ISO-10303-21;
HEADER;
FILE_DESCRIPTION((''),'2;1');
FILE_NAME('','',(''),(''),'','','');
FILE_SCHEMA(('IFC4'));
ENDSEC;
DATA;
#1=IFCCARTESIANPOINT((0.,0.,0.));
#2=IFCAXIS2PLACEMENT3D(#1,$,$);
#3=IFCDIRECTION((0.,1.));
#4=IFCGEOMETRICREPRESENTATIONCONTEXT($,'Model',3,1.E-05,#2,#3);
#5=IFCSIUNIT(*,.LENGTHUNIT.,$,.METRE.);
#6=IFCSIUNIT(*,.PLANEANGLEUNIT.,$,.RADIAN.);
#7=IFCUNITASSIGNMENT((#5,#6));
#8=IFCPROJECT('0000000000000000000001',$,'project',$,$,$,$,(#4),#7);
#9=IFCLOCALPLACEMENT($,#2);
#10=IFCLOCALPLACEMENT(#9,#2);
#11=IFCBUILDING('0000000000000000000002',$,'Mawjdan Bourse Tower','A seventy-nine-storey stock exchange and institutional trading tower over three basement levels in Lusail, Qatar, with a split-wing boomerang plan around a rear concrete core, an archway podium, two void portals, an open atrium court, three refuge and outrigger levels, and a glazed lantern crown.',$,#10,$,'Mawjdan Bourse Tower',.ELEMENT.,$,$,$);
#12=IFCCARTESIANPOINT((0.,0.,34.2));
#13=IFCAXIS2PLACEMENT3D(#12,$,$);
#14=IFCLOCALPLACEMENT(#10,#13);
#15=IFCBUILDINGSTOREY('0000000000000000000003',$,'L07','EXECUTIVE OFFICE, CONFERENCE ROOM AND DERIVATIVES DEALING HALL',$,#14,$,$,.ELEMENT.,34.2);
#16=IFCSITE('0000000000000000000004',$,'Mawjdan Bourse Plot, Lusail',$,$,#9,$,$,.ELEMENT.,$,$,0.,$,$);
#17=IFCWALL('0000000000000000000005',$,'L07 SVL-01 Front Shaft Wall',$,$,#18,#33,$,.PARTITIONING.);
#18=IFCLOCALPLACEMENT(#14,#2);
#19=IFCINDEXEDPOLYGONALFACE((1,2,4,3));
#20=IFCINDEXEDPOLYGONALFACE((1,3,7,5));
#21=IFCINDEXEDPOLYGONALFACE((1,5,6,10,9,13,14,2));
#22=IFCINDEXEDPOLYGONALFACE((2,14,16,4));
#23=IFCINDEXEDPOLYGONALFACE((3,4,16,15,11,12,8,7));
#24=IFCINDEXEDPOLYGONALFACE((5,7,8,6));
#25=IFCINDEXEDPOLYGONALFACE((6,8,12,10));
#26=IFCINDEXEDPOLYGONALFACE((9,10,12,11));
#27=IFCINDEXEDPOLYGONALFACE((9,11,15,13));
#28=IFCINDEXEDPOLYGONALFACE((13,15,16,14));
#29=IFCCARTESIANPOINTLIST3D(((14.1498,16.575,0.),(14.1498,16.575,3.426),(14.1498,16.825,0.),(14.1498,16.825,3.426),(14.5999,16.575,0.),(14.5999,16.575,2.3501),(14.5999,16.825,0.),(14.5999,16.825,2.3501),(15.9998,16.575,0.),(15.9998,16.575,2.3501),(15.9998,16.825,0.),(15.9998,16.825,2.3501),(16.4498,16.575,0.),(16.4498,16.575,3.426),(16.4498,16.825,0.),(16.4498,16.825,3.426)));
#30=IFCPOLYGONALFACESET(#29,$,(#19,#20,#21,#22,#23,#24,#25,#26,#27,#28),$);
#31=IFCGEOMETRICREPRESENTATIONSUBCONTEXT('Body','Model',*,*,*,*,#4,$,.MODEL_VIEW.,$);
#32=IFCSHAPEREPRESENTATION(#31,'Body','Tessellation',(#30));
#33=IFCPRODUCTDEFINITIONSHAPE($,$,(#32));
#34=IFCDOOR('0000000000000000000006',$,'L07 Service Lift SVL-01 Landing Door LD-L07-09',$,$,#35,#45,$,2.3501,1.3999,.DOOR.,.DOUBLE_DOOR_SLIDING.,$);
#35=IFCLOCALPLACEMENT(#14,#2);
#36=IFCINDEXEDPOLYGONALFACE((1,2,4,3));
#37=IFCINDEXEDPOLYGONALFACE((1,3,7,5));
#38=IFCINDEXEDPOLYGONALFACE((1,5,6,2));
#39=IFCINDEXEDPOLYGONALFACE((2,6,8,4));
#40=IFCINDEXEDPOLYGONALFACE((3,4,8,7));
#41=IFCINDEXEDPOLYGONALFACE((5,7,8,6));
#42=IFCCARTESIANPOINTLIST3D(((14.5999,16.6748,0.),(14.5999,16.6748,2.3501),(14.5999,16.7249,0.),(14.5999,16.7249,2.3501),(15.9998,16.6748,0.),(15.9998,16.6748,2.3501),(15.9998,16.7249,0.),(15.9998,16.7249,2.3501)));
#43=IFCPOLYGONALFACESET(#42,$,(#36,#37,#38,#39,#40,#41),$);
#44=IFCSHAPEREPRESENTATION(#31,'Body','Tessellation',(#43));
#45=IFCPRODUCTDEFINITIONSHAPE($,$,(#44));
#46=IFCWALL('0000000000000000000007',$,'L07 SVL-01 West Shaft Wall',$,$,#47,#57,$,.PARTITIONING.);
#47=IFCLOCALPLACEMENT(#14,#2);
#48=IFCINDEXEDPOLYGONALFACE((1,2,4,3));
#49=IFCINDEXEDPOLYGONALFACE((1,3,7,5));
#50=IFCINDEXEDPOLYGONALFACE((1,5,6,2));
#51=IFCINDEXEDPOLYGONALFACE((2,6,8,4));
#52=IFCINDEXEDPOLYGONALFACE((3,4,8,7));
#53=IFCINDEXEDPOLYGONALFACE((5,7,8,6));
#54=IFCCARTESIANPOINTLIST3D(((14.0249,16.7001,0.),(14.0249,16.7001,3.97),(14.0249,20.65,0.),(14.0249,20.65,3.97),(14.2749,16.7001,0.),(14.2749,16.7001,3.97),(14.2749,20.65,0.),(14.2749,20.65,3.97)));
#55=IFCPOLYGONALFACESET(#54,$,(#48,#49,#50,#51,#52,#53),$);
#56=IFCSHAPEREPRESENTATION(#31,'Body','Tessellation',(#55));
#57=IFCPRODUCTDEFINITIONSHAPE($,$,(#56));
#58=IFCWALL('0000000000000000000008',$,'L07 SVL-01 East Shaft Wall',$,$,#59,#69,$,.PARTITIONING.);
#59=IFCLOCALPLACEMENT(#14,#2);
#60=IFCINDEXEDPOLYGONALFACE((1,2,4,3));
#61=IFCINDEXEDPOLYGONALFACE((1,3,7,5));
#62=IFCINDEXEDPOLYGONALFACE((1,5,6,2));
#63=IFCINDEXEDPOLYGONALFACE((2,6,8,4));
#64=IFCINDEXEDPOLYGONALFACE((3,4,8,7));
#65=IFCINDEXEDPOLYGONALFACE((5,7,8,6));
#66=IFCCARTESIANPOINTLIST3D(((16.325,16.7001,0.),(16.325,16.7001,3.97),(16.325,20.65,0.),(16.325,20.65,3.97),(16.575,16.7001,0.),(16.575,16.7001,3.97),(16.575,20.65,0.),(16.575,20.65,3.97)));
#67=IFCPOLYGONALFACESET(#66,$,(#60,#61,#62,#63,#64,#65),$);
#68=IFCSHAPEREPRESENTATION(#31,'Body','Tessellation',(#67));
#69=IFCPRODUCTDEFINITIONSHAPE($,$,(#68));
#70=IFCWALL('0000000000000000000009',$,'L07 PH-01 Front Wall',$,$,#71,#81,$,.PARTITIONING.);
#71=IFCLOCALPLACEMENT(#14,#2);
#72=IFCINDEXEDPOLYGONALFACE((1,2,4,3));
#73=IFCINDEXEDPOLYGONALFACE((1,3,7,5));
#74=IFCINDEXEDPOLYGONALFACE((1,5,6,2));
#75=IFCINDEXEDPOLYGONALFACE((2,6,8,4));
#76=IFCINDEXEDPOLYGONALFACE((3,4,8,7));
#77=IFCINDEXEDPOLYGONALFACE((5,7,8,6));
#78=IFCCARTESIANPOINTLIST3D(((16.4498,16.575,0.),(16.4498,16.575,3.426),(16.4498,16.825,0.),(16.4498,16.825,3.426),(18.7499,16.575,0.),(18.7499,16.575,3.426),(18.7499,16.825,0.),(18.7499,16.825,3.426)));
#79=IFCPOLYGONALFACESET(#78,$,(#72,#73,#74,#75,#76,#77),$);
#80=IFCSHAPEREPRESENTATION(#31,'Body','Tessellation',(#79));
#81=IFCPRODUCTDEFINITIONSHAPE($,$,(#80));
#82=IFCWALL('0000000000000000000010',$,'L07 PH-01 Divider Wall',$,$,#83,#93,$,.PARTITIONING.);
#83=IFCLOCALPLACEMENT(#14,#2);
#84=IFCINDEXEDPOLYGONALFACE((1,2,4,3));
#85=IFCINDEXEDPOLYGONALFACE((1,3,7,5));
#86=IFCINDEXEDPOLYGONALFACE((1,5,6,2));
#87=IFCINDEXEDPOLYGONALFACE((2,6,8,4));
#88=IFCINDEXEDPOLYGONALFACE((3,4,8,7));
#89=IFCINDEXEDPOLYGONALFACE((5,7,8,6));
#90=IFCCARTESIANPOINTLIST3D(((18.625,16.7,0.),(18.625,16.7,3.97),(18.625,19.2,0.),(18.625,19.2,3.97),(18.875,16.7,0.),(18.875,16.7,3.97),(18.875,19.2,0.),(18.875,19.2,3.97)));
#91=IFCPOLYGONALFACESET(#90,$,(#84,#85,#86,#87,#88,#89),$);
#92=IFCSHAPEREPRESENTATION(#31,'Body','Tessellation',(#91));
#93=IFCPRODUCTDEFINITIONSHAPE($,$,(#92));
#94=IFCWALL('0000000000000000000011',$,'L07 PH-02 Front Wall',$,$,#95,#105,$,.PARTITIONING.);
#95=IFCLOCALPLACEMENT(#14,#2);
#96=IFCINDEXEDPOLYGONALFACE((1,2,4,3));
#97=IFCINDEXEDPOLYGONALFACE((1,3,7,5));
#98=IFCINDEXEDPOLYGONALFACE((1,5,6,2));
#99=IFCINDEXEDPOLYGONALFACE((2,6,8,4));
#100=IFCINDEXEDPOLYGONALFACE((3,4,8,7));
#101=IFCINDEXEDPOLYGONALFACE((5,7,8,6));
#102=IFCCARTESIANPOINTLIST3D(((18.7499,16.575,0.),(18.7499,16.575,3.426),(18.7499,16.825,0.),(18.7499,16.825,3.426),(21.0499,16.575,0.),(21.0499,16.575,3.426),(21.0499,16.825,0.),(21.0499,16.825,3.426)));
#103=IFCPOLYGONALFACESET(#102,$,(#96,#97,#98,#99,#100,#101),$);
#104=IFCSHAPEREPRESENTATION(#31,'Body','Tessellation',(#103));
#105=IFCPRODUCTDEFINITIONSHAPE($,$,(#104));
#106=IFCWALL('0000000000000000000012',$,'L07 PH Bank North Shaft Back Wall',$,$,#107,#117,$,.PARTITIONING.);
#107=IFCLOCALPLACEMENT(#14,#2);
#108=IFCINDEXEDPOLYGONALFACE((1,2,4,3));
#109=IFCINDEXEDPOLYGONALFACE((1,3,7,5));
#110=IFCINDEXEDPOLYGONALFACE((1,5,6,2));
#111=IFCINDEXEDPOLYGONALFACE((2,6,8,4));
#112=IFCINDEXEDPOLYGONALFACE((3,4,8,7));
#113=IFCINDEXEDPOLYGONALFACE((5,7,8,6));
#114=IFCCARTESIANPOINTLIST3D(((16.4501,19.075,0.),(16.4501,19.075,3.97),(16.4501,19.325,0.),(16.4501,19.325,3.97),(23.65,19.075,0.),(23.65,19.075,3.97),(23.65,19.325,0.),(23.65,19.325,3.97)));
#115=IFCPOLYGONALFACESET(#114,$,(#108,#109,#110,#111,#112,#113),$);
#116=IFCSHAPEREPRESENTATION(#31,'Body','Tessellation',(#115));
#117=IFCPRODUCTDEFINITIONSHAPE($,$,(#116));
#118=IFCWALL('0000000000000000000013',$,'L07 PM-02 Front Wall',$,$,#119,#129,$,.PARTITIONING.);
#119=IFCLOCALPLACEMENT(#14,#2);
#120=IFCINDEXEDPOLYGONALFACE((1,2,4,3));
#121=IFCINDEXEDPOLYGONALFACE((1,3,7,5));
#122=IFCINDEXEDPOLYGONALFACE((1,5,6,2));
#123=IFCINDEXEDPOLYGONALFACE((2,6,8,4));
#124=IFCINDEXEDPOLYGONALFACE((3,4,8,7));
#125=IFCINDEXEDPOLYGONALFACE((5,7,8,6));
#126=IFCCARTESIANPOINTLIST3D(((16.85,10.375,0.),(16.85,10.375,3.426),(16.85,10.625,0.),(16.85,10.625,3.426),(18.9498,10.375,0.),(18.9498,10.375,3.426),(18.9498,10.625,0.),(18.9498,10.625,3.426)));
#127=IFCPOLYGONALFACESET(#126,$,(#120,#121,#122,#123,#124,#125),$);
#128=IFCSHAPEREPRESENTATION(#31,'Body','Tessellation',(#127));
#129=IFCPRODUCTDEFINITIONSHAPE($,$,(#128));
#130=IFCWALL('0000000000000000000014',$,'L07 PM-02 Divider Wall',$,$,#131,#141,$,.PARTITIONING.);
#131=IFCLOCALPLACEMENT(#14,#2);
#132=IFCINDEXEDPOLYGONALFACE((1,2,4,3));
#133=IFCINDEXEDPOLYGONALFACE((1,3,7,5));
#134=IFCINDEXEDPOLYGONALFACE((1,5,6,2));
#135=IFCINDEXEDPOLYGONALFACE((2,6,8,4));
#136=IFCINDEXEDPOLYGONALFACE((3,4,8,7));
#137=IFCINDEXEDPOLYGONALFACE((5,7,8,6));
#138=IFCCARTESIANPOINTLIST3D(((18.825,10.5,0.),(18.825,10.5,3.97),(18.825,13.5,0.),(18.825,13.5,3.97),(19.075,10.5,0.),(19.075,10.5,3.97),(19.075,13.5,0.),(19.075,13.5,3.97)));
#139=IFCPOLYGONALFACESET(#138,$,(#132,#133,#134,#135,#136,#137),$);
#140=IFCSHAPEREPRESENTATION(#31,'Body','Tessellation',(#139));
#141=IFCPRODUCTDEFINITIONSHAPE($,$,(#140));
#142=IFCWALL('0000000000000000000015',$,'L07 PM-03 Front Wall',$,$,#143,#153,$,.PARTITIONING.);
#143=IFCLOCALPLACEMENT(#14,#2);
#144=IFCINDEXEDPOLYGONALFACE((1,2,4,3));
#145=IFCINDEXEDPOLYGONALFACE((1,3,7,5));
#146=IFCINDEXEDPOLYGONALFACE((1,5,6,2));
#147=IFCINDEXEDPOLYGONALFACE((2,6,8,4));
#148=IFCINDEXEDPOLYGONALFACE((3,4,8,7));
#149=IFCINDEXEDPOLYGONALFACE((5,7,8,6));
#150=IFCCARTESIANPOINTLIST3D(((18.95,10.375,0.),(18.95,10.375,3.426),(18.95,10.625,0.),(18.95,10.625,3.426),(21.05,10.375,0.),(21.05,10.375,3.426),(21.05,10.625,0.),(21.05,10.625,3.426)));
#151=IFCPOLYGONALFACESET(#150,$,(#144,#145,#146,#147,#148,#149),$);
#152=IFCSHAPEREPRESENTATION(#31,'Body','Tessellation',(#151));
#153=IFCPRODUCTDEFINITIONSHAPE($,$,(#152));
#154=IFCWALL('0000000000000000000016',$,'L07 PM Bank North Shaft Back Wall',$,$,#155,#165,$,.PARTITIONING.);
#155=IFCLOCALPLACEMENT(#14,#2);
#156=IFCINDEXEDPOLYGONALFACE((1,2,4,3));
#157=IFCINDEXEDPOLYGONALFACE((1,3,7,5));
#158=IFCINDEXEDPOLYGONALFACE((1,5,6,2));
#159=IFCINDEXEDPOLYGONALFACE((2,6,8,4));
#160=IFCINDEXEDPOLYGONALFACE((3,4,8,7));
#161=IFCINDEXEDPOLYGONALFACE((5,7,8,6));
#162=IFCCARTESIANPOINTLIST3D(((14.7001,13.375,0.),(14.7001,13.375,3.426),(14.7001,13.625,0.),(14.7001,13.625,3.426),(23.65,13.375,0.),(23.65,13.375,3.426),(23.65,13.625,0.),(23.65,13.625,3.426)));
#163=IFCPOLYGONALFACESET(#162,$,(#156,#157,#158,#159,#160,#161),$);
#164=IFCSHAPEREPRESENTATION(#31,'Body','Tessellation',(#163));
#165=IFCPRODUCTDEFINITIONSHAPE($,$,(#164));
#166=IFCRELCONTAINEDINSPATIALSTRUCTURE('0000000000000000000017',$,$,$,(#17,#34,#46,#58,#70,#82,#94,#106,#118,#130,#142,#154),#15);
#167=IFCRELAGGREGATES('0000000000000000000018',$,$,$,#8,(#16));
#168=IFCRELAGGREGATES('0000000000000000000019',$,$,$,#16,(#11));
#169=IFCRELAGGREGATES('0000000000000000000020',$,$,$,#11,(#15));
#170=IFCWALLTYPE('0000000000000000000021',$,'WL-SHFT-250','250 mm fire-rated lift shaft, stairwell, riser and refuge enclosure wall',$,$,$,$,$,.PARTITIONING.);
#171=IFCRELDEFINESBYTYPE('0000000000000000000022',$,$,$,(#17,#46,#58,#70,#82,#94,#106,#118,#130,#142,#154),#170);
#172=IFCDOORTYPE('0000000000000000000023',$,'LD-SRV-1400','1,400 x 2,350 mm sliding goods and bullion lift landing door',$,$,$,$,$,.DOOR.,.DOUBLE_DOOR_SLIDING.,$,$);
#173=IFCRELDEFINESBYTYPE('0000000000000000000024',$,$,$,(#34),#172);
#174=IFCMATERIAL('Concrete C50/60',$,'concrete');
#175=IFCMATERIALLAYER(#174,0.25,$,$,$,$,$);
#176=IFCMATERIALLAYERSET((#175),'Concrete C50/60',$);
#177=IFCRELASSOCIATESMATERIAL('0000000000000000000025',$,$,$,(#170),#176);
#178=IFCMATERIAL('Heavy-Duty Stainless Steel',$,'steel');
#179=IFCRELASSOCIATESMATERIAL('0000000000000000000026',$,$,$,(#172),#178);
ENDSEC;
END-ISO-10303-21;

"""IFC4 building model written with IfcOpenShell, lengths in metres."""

from ifc_helpers import new_model, si_unit, direction, frame, frame_2d, origin, place, context, subcontext, project, spatial, rectangle, extrude, material, layer, layer_set, type_object, element, fill, save


model = new_model("IFC4")

# Units and contexts
model_context = context("Model", 3, precision=1e-05, world=origin(), true_north=direction((0.0, 1.0)))
body_context = subcontext(model_context, "Body", "Model", "MODEL_VIEW")
ifc_project = project(units=[si_unit("LENGTHUNIT", "METRE"), si_unit("PLANEANGLEUNIT", "RADIAN")], contexts=[model_context])

# Site, building, storey
site_placement = place(None, origin())
site = spatial("IfcSite", under=ifc_project, at=site_placement, Name="Mawjdan Bourse Plot, Lusail", CompositionType="ELEMENT", RefElevation=0.0)
building_placement = place(site_placement, origin())
building = spatial("IfcBuilding", under=site, at=building_placement, Name="Mawjdan Bourse Tower", Description="A seventy-nine-storey stock exchange and institutional trading tower over three basement levels in Lusail, Qatar, with a split-wing boomerang plan around a rear concrete core, an archway podium, two void portals, an open atrium court, three refuge and outrigger levels, and a glazed lantern crown.", LongName="Mawjdan Bourse Tower", CompositionType="ELEMENT")
storey_placement = place(building_placement, frame((0.0, 0.0, 34.2)))
storey = spatial("IfcBuildingStorey", under=building, at=storey_placement, Name="L07", Description="EXECUTIVE OFFICE, CONFERENCE ROOM AND DERIVATIVES DEALING HALL", CompositionType="ELEMENT", Elevation=34.2)

# Shared definitions
ifc_material_1 = material(Name="Concrete C50/60", Category="concrete")
ifc_layer_1 = layer(ifc_material_1, 0.25)
ifc_layer_set_1 = layer_set([ifc_layer_1], Name="Concrete C50/60")
wall_type_1 = type_object("IfcWallType", Name="WL-SHFT-250", Description="250 mm fire-rated lift shaft, stairwell, riser and refuge enclosure wall", PredefinedType="PARTITIONING", material=ifc_layer_set_1)

# Wall, opening, door
wall_1_placement = place(storey_placement, frame((14.1499, 16.7, 0.0), z_axis=(0.0, 0.0, 1.0), x_axis=(1.0, 0.0, 0.0)))
wall_1 = element("IfcWall", 1, at=wall_1_placement, inside=storey, type_object=wall_type_1, Name="L07 SVL-01 Front Shaft Wall", PredefinedType="PARTITIONING", context=body_context, shape_type="SweptSolid", body=[
    extrude(rectangle(XDim=2.3, YDim=0.25, at=frame_2d((1.1499, 0.0))), origin(), (0.0, 0.0, 1.0), 3.426),
])
opening_1_placement = place(wall_1_placement, frame((0.45, 0.0, 0.0)))
opening_1 = element("IfcOpeningElement", 2, at=opening_1_placement, cuts=wall_1, PredefinedType="OPENING", context=body_context, shape_type="SweptSolid", body=[
    extrude(rectangle(XDim=1.3999, YDim=2.3501, at=frame_2d((0.7, 1.175))), frame((0.0, 0.135, 0.0), z_axis=(0.0, -1.0, 0.0), x_axis=(1.0, 0.0, 0.0)), (0.0, 0.0, 1.0), 0.27),
])
ifc_material_2 = material(Name="Heavy-Duty Stainless Steel", Category="steel")
door_type_1 = type_object("IfcDoorType", Name="LD-SRV-1400", Description="1,400 x 2,350 mm sliding goods and bullion lift landing door", OperationType="DOUBLE_DOOR_SLIDING", PredefinedType="DOOR", material=ifc_material_2)
door_1_placement = place(opening_1_placement, origin())
door_1 = element("IfcDoor", 3, at=door_1_placement, inside=storey, type_object=door_type_1, Name="L07 Service Lift SVL-01 Landing Door LD-L07-09", OperationType="DOUBLE_DOOR_SLIDING", OverallHeight=2.3501, OverallWidth=1.3999, PredefinedType="DOOR", context=body_context, shape_type="SweptSolid", body=[
    extrude(rectangle(XDim=1.3999, YDim=2.3501, at=frame_2d((0.7, 1.175))), frame((0.0, 0.0249, 0.0), z_axis=(0.0, -1.0, 0.0), x_axis=(1.0, 0.0, 0.0)), (0.0, 0.0, 1.0), 0.05),
])
fill(opening_1, door_1)

# Walls
for number, where, z_axis, x_axis, name in (
    (4, (14.1499, 16.7, 0.0), (0.0, 0.0, 1.0), (0.0, 1.0, 0.0), "L07 SVL-01 West Shaft Wall"),
    (5, (16.45, 16.7, 0.0), (0.0, 0.0, 1.0), (0.0, 1.0, 0.0), "L07 SVL-01 East Shaft Wall"),
):
    element("IfcWall", number, at=place(storey_placement, frame(where, z_axis=z_axis, x_axis=x_axis)), inside=storey, type_object=wall_type_1, Name=name, PredefinedType="PARTITIONING", context=body_context, shape_type="SweptSolid", body=[
        extrude(rectangle(XDim=3.95, YDim=0.25, at=frame_2d((1.9751, 0.0))), origin(), (0.0, 0.0, 1.0), 3.97),
    ])
wall_2_placement = place(storey_placement, frame((16.45, 16.7, 0.0), z_axis=(0.0, 0.0, 1.0), x_axis=(1.0, 0.0, 0.0)))
element("IfcWall", 6, at=wall_2_placement, inside=storey, type_object=wall_type_1, Name="L07 PH-01 Front Wall", PredefinedType="PARTITIONING", context=body_context, shape_type="SweptSolid", body=[
    extrude(rectangle(XDim=2.3, YDim=0.25, at=frame_2d((1.1499, 0.0))), origin(), (0.0, 0.0, 1.0), 3.426),
])
wall_3_placement = place(storey_placement, frame((18.75, 16.7, 0.0), z_axis=(0.0, 0.0, 1.0), x_axis=(0.0, 1.0, 0.0)))
element("IfcWall", 7, at=wall_3_placement, inside=storey, type_object=wall_type_1, Name="L07 PH-01 Divider Wall", PredefinedType="PARTITIONING", context=body_context, shape_type="SweptSolid", body=[
    extrude(rectangle(XDim=2.5, YDim=0.25, at=frame_2d((1.25, 0.0))), origin(), (0.0, 0.0, 1.0), 3.97),
])
wall_4_placement = place(storey_placement, frame((18.75, 16.7, 0.0), z_axis=(0.0, 0.0, 1.0), x_axis=(1.0, 0.0, 0.0)))
element("IfcWall", 8, at=wall_4_placement, inside=storey, type_object=wall_type_1, Name="L07 PH-02 Front Wall", PredefinedType="PARTITIONING", context=body_context, shape_type="SweptSolid", body=[
    extrude(rectangle(XDim=2.3, YDim=0.25, at=frame_2d((1.1499, 0.0))), origin(), (0.0, 0.0, 1.0), 3.426),
])
wall_5_placement = place(storey_placement, frame((16.45, 19.2, 0.0), z_axis=(0.0, 0.0, 1.0), x_axis=(1.0, 0.0, 0.0)))
element("IfcWall", 9, at=wall_5_placement, inside=storey, type_object=wall_type_1, Name="L07 PH Bank North Shaft Back Wall", PredefinedType="PARTITIONING", context=body_context, shape_type="SweptSolid", body=[
    extrude(rectangle(XDim=7.2, YDim=0.25, at=frame_2d((3.6001, 0.0))), origin(), (0.0, 0.0, 1.0), 3.97),
])
wall_6_placement = place(storey_placement, frame((16.8501, 10.5, 0.0), z_axis=(0.0, 0.0, 1.0), x_axis=(1.0, 0.0, 0.0)))
element("IfcWall", 10, at=wall_6_placement, inside=storey, type_object=wall_type_1, Name="L07 PM-02 Front Wall", PredefinedType="PARTITIONING", context=body_context, shape_type="SweptSolid", body=[
    extrude(rectangle(XDim=2.0999, YDim=0.25, at=frame_2d((1.0498, 0.0))), origin(), (0.0, 0.0, 1.0), 3.426),
])
wall_7_placement = place(storey_placement, frame((18.95, 10.5, 0.0), z_axis=(0.0, 0.0, 1.0), x_axis=(0.0, 1.0, 0.0)))
element("IfcWall", 11, at=wall_7_placement, inside=storey, type_object=wall_type_1, Name="L07 PM-02 Divider Wall", PredefinedType="PARTITIONING", context=body_context, shape_type="SweptSolid", body=[
    extrude(rectangle(XDim=3.0, YDim=0.25, at=frame_2d((1.5, 0.0))), origin(), (0.0, 0.0, 1.0), 3.97),
])
wall_8_placement = place(storey_placement, frame((18.95, 10.5, 0.0), z_axis=(0.0, 0.0, 1.0), x_axis=(1.0, 0.0, 0.0)))
element("IfcWall", 12, at=wall_8_placement, inside=storey, type_object=wall_type_1, Name="L07 PM-03 Front Wall", PredefinedType="PARTITIONING", context=body_context, shape_type="SweptSolid", body=[
    extrude(rectangle(XDim=2.1001, YDim=0.25, at=frame_2d((1.05, 0.0))), origin(), (0.0, 0.0, 1.0), 3.426),
])
wall_9_placement = place(storey_placement, frame((14.7, 13.5, 0.0), z_axis=(0.0, 0.0, 1.0), x_axis=(1.0, 0.0, 0.0)))
element("IfcWall", 13, at=wall_9_placement, inside=storey, type_object=wall_type_1, Name="L07 PM Bank North Shaft Back Wall", PredefinedType="PARTITIONING", context=body_context, shape_type="SweptSolid", body=[
    extrude(rectangle(XDim=8.95, YDim=0.25, at=frame_2d((4.4751, 0.0))), origin(), (0.0, 0.0, 1.0), 3.426),
])

save(model, "model.ifc")
